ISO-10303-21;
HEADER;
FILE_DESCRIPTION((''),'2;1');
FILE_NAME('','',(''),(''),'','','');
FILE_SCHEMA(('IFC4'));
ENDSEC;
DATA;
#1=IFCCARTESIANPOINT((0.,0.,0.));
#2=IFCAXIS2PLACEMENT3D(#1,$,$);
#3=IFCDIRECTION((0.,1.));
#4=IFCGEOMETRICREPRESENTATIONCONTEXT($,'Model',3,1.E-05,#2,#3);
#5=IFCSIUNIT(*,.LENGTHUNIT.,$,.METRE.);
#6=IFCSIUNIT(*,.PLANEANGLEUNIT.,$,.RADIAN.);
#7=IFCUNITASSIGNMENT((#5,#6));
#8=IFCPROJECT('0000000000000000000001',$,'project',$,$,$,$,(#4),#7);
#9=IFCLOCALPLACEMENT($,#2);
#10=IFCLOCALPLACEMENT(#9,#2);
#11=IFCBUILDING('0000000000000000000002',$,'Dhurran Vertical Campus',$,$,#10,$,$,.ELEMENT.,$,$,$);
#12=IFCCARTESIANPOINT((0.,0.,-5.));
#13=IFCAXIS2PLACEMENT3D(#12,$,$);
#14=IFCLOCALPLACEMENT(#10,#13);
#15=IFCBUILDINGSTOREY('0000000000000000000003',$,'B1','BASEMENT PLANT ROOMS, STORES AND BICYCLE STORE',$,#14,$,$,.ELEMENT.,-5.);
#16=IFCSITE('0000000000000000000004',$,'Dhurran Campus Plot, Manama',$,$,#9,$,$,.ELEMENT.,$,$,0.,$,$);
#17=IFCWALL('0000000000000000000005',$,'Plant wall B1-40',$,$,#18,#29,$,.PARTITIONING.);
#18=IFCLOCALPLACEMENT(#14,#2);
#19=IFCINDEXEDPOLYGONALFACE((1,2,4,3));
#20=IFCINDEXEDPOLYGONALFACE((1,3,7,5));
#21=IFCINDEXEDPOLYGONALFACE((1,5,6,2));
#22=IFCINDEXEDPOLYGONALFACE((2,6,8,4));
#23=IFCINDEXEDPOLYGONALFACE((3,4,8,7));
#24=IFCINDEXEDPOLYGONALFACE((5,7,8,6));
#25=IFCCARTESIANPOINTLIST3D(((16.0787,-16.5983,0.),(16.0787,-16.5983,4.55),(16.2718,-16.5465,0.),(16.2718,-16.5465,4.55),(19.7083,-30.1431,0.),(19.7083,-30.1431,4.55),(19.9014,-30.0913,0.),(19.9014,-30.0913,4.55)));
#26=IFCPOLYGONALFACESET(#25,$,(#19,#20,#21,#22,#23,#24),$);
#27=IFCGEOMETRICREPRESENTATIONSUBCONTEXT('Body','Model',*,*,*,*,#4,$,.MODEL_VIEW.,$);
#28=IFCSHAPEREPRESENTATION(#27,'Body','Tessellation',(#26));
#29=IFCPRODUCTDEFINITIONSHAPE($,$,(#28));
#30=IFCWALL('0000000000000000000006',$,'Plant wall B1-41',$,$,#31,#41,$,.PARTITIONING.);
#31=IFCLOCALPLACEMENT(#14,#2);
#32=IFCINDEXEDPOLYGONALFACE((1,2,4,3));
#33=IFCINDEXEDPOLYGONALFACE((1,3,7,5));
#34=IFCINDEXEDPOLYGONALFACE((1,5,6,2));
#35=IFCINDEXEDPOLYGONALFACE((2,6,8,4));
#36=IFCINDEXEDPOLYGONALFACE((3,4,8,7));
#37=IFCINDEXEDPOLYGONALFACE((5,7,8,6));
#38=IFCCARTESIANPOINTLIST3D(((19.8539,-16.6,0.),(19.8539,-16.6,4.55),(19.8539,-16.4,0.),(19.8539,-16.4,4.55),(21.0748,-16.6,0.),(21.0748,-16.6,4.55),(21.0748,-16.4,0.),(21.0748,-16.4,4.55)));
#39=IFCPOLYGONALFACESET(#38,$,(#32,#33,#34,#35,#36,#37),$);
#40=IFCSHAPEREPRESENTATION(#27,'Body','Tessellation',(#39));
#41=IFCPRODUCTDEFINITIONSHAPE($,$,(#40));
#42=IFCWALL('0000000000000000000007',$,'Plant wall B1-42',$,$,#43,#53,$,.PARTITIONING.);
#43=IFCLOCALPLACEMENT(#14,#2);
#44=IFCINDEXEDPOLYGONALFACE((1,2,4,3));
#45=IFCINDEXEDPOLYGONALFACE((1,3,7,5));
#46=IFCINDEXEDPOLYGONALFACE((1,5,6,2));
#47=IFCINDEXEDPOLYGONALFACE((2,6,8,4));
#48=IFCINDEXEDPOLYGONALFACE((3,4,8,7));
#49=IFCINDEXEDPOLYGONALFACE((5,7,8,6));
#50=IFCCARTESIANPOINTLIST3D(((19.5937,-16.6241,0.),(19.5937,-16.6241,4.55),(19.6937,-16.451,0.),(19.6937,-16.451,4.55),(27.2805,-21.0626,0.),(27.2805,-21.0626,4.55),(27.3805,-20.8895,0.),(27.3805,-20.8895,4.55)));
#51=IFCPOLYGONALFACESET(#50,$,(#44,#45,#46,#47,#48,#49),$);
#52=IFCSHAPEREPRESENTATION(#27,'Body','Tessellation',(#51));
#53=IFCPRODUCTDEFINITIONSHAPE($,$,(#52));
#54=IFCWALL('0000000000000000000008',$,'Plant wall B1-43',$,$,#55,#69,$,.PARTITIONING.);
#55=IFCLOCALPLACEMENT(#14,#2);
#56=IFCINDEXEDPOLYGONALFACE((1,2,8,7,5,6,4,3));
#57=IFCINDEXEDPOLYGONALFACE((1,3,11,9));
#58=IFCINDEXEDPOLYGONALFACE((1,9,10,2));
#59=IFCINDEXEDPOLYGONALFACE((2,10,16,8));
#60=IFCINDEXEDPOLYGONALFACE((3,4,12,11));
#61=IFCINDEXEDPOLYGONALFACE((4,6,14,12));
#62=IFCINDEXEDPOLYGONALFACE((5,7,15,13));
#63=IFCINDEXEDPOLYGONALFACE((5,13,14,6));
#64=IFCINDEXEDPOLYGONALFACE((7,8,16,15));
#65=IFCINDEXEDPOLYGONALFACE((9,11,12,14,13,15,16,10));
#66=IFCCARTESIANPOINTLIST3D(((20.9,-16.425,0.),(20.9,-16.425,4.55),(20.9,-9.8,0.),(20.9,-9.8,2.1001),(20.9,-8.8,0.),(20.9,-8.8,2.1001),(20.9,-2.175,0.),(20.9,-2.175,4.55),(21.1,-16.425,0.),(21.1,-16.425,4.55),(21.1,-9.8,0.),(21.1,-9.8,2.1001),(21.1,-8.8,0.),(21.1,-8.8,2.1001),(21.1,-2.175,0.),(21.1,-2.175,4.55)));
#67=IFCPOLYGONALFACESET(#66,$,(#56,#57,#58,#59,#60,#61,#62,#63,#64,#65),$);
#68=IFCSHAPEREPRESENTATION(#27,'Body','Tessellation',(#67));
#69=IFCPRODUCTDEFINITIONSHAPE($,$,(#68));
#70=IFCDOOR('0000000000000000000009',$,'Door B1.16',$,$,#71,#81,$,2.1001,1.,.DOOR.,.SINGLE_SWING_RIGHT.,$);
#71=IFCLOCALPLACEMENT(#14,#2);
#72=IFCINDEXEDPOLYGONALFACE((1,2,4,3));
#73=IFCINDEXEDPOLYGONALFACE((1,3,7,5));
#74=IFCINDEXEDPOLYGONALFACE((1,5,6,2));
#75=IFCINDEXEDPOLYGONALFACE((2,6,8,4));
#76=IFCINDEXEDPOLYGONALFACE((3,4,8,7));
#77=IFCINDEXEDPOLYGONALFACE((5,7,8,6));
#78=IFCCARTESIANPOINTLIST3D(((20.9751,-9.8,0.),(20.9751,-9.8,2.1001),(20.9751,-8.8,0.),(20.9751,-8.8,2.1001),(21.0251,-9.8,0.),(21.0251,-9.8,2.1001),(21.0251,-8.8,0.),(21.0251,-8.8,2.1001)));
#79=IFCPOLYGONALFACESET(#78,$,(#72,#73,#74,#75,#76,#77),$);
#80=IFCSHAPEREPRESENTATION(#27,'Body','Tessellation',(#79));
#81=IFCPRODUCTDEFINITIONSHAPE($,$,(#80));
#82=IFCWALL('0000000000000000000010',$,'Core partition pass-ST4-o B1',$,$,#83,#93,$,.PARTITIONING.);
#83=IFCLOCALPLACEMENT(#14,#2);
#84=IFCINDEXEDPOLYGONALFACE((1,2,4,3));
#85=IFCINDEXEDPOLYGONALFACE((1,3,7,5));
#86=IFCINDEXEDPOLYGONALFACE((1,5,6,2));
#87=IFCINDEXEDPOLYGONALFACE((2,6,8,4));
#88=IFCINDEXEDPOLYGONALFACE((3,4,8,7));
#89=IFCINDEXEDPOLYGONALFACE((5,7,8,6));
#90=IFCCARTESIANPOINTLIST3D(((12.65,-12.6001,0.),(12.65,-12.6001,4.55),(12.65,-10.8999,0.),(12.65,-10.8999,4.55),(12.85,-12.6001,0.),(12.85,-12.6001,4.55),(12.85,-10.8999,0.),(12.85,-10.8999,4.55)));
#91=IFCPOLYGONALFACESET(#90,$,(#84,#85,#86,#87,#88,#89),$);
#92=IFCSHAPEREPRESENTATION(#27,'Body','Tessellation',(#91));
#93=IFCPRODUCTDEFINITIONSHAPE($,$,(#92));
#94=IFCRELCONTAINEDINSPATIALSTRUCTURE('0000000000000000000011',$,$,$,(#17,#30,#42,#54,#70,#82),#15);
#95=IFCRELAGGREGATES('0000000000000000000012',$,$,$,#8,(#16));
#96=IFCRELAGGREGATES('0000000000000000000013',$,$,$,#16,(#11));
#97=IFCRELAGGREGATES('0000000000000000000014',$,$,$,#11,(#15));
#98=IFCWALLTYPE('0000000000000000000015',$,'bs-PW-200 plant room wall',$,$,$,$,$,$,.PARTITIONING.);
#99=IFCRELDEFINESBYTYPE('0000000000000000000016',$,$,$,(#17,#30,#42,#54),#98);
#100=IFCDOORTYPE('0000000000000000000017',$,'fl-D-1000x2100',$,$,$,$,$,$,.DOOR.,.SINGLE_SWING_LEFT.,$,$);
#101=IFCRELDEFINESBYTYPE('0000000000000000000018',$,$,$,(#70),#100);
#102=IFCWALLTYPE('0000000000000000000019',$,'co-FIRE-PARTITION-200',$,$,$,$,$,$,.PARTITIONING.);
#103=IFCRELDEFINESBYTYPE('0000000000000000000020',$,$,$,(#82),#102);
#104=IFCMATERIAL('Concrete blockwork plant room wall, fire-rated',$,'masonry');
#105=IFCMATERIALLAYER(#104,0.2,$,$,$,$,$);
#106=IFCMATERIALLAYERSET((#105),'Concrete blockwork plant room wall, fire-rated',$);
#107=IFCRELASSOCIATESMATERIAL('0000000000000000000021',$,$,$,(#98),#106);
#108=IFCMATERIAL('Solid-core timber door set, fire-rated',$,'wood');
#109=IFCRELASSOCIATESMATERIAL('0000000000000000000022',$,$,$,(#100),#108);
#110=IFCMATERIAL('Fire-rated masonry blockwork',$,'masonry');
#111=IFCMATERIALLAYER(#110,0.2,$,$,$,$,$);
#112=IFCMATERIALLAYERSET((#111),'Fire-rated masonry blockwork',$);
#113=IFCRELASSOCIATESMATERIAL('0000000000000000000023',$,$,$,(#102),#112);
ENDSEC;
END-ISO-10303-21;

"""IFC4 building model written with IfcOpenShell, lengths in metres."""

from ifc_helpers import new_model, si_unit, direction, frame, frame_2d, origin, place, context, subcontext, project, spatial, rectangle, extrude, material, layer, layer_set, type_object, element, fill, save


model = new_model("IFC4")

# Units and contexts
model_context = context("Model", 3, precision=1e-05, world=origin(), true_north=direction((0.0, 1.0)))
body_context = subcontext(model_context, "Body", "Model", "MODEL_VIEW")
ifc_project = project(units=[si_unit("LENGTHUNIT", "METRE"), si_unit("PLANEANGLEUNIT", "RADIAN")], contexts=[model_context])

# Site, building, storey
site_placement = place(None, origin())
site = spatial("IfcSite", under=ifc_project, at=site_placement, Name="Dhurran Campus Plot, Manama", CompositionType="ELEMENT", RefElevation=0.0)
building_placement = place(site_placement, origin())
building = spatial("IfcBuilding", under=site, at=building_placement, Name="Dhurran Vertical Campus", CompositionType="ELEMENT")
storey_placement = place(building_placement, frame((0.0, 0.0, -5.0)))
storey = spatial("IfcBuildingStorey", under=building, at=storey_placement, Name="B1", Description="BASEMENT PLANT ROOMS, STORES AND BICYCLE STORE", CompositionType="ELEMENT", Elevation=-5.0)

# Shared definitions
ifc_material_1 = material(Name="Concrete blockwork plant room wall, fire-rated", Category="masonry")
ifc_layer_1 = layer(ifc_material_1, 0.2)
ifc_layer_set_1 = layer_set([ifc_layer_1], Name="Concrete blockwork plant room wall, fire-rated")
wall_type_1 = type_object("IfcWallType", Name="bs-PW-200 plant room wall", PredefinedType="PARTITIONING", material=ifc_layer_set_1)
ifc_material_2 = material(Name="Solid-core timber door set, fire-rated", Category="wood")
door_type = type_object("IfcDoorType", Name="fl-D-1000x2100", OperationType="SINGLE_SWING_LEFT", PredefinedType="DOOR", material=ifc_material_2)

# Walls
wall_1_placement = place(storey_placement, frame((16.1753, -16.5725, 0.0), z_axis=(0.0, 0.0, 1.0), x_axis=(0.258838, -0.965921, 0.0)))
element("IfcWall", 1, at=wall_1_placement, inside=storey, type_object=wall_type_1, Name="Plant wall B1-40", PredefinedType="PARTITIONING", context=body_context, shape_type="SweptSolid", body=[
    extrude(rectangle(XDim=14.0227, YDim=0.2, at=frame_2d((7.0112, 0.0))), origin(), (0.0, 0.0, 1.0), 4.55),
])
wall_2_placement = place(storey_placement, frame((19.854, -16.5, 0.0), z_axis=(0.0, 0.0, 1.0), x_axis=(1.0, 0.0, 0.0)))
element("IfcWall", 2, at=wall_2_placement, inside=storey, type_object=wall_type_1, Name="Plant wall B1-41", PredefinedType="PARTITIONING", context=body_context, shape_type="SweptSolid", body=[
    extrude(rectangle(XDim=1.2209, YDim=0.2, at=frame_2d((0.6104, 0.0))), origin(), (0.0, 0.0, 1.0), 4.55),
])
wall_3_placement = place(storey_placement, frame((19.6438, -16.5376, 0.0), z_axis=(0.0, 0.0, 1.0), x_axis=(0.866, -0.500044, 0.0)))
element("IfcWall", 3, at=wall_3_placement, inside=storey, type_object=wall_type_1, Name="Plant wall B1-42", PredefinedType="PARTITIONING", context=body_context, shape_type="SweptSolid", body=[
    extrude(rectangle(XDim=8.8762, YDim=0.2, at=frame_2d((4.438, 0.0))), origin(), (0.0, 0.0, 1.0), 4.55),
])

# Wall, opening, door
wall_4_placement = place(storey_placement, frame((21.0, -16.425, 0.0), z_axis=(0.0, 0.0, 1.0), x_axis=(0.0, 1.0, 0.0)))
wall_4 = element("IfcWall", 4, at=wall_4_placement, inside=storey, type_object=wall_type_1, Name="Plant wall B1-43", PredefinedType="PARTITIONING", context=body_context, shape_type="SweptSolid", body=[
    extrude(rectangle(XDim=14.25, YDim=0.2, at=frame_2d((7.125, 0.0))), origin(), (0.0, 0.0, 1.0), 4.55),
])
opening_1_placement = place(wall_4_placement, frame((6.625, 0.0, 0.0)))
opening_1 = element("IfcOpeningElement", 5, at=opening_1_placement, cuts=wall_4, PredefinedType="OPENING", context=body_context, shape_type="SweptSolid", body=[
    extrude(rectangle(XDim=1.0, YDim=2.1001, at=frame_2d((0.5, 1.05))), frame((0.0, 0.1099, 0.0), z_axis=(0.0, -1.0, 0.0), x_axis=(1.0, 0.0, 0.0)), (0.0, 0.0, 1.0), 0.22),
])
door_1_placement = place(opening_1_placement, origin())
door_1 = element("IfcDoor", 6, at=door_1_placement, inside=storey, type_object=door_type, Name="Door B1.16", OperationType="SINGLE_SWING_RIGHT", OverallHeight=2.1001, OverallWidth=1.0, PredefinedType="DOOR", context=body_context, shape_type="SweptSolid", body=[
    extrude(rectangle(XDim=1.0, YDim=2.1001, at=frame_2d((0.5, 1.05))), frame((0.0, 0.0249, 0.0), z_axis=(0.0, -1.0, 0.0), x_axis=(1.0, 0.0, 0.0)), (0.0, 0.0, 1.0), 0.05),
])
fill(opening_1, door_1)

# Wall
ifc_material_3 = material(Name="Fire-rated masonry blockwork", Category="masonry")
ifc_layer_2 = layer(ifc_material_3, 0.2)
ifc_layer_set_2 = layer_set([ifc_layer_2], Name="Fire-rated masonry blockwork")
wall_type_2 = type_object("IfcWallType", Name="co-FIRE-PARTITION-200", PredefinedType="PARTITIONING", material=ifc_layer_set_2)
wall_5_placement = place(storey_placement, frame((12.75, -12.6001, 0.0), z_axis=(0.0, 0.0, 1.0), x_axis=(0.0, 1.0, 0.0)))
element("IfcWall", 7, at=wall_5_placement, inside=storey, type_object=wall_type_2, Name="Core partition pass-ST4-o B1", PredefinedType="PARTITIONING", context=body_context, shape_type="SweptSolid", body=[
    extrude(rectangle(XDim=1.7002, YDim=0.2, at=frame_2d((0.8501, 0.0))), origin(), (0.0, 0.0, 1.0), 4.55),
])

save(model, "model.ifc")
